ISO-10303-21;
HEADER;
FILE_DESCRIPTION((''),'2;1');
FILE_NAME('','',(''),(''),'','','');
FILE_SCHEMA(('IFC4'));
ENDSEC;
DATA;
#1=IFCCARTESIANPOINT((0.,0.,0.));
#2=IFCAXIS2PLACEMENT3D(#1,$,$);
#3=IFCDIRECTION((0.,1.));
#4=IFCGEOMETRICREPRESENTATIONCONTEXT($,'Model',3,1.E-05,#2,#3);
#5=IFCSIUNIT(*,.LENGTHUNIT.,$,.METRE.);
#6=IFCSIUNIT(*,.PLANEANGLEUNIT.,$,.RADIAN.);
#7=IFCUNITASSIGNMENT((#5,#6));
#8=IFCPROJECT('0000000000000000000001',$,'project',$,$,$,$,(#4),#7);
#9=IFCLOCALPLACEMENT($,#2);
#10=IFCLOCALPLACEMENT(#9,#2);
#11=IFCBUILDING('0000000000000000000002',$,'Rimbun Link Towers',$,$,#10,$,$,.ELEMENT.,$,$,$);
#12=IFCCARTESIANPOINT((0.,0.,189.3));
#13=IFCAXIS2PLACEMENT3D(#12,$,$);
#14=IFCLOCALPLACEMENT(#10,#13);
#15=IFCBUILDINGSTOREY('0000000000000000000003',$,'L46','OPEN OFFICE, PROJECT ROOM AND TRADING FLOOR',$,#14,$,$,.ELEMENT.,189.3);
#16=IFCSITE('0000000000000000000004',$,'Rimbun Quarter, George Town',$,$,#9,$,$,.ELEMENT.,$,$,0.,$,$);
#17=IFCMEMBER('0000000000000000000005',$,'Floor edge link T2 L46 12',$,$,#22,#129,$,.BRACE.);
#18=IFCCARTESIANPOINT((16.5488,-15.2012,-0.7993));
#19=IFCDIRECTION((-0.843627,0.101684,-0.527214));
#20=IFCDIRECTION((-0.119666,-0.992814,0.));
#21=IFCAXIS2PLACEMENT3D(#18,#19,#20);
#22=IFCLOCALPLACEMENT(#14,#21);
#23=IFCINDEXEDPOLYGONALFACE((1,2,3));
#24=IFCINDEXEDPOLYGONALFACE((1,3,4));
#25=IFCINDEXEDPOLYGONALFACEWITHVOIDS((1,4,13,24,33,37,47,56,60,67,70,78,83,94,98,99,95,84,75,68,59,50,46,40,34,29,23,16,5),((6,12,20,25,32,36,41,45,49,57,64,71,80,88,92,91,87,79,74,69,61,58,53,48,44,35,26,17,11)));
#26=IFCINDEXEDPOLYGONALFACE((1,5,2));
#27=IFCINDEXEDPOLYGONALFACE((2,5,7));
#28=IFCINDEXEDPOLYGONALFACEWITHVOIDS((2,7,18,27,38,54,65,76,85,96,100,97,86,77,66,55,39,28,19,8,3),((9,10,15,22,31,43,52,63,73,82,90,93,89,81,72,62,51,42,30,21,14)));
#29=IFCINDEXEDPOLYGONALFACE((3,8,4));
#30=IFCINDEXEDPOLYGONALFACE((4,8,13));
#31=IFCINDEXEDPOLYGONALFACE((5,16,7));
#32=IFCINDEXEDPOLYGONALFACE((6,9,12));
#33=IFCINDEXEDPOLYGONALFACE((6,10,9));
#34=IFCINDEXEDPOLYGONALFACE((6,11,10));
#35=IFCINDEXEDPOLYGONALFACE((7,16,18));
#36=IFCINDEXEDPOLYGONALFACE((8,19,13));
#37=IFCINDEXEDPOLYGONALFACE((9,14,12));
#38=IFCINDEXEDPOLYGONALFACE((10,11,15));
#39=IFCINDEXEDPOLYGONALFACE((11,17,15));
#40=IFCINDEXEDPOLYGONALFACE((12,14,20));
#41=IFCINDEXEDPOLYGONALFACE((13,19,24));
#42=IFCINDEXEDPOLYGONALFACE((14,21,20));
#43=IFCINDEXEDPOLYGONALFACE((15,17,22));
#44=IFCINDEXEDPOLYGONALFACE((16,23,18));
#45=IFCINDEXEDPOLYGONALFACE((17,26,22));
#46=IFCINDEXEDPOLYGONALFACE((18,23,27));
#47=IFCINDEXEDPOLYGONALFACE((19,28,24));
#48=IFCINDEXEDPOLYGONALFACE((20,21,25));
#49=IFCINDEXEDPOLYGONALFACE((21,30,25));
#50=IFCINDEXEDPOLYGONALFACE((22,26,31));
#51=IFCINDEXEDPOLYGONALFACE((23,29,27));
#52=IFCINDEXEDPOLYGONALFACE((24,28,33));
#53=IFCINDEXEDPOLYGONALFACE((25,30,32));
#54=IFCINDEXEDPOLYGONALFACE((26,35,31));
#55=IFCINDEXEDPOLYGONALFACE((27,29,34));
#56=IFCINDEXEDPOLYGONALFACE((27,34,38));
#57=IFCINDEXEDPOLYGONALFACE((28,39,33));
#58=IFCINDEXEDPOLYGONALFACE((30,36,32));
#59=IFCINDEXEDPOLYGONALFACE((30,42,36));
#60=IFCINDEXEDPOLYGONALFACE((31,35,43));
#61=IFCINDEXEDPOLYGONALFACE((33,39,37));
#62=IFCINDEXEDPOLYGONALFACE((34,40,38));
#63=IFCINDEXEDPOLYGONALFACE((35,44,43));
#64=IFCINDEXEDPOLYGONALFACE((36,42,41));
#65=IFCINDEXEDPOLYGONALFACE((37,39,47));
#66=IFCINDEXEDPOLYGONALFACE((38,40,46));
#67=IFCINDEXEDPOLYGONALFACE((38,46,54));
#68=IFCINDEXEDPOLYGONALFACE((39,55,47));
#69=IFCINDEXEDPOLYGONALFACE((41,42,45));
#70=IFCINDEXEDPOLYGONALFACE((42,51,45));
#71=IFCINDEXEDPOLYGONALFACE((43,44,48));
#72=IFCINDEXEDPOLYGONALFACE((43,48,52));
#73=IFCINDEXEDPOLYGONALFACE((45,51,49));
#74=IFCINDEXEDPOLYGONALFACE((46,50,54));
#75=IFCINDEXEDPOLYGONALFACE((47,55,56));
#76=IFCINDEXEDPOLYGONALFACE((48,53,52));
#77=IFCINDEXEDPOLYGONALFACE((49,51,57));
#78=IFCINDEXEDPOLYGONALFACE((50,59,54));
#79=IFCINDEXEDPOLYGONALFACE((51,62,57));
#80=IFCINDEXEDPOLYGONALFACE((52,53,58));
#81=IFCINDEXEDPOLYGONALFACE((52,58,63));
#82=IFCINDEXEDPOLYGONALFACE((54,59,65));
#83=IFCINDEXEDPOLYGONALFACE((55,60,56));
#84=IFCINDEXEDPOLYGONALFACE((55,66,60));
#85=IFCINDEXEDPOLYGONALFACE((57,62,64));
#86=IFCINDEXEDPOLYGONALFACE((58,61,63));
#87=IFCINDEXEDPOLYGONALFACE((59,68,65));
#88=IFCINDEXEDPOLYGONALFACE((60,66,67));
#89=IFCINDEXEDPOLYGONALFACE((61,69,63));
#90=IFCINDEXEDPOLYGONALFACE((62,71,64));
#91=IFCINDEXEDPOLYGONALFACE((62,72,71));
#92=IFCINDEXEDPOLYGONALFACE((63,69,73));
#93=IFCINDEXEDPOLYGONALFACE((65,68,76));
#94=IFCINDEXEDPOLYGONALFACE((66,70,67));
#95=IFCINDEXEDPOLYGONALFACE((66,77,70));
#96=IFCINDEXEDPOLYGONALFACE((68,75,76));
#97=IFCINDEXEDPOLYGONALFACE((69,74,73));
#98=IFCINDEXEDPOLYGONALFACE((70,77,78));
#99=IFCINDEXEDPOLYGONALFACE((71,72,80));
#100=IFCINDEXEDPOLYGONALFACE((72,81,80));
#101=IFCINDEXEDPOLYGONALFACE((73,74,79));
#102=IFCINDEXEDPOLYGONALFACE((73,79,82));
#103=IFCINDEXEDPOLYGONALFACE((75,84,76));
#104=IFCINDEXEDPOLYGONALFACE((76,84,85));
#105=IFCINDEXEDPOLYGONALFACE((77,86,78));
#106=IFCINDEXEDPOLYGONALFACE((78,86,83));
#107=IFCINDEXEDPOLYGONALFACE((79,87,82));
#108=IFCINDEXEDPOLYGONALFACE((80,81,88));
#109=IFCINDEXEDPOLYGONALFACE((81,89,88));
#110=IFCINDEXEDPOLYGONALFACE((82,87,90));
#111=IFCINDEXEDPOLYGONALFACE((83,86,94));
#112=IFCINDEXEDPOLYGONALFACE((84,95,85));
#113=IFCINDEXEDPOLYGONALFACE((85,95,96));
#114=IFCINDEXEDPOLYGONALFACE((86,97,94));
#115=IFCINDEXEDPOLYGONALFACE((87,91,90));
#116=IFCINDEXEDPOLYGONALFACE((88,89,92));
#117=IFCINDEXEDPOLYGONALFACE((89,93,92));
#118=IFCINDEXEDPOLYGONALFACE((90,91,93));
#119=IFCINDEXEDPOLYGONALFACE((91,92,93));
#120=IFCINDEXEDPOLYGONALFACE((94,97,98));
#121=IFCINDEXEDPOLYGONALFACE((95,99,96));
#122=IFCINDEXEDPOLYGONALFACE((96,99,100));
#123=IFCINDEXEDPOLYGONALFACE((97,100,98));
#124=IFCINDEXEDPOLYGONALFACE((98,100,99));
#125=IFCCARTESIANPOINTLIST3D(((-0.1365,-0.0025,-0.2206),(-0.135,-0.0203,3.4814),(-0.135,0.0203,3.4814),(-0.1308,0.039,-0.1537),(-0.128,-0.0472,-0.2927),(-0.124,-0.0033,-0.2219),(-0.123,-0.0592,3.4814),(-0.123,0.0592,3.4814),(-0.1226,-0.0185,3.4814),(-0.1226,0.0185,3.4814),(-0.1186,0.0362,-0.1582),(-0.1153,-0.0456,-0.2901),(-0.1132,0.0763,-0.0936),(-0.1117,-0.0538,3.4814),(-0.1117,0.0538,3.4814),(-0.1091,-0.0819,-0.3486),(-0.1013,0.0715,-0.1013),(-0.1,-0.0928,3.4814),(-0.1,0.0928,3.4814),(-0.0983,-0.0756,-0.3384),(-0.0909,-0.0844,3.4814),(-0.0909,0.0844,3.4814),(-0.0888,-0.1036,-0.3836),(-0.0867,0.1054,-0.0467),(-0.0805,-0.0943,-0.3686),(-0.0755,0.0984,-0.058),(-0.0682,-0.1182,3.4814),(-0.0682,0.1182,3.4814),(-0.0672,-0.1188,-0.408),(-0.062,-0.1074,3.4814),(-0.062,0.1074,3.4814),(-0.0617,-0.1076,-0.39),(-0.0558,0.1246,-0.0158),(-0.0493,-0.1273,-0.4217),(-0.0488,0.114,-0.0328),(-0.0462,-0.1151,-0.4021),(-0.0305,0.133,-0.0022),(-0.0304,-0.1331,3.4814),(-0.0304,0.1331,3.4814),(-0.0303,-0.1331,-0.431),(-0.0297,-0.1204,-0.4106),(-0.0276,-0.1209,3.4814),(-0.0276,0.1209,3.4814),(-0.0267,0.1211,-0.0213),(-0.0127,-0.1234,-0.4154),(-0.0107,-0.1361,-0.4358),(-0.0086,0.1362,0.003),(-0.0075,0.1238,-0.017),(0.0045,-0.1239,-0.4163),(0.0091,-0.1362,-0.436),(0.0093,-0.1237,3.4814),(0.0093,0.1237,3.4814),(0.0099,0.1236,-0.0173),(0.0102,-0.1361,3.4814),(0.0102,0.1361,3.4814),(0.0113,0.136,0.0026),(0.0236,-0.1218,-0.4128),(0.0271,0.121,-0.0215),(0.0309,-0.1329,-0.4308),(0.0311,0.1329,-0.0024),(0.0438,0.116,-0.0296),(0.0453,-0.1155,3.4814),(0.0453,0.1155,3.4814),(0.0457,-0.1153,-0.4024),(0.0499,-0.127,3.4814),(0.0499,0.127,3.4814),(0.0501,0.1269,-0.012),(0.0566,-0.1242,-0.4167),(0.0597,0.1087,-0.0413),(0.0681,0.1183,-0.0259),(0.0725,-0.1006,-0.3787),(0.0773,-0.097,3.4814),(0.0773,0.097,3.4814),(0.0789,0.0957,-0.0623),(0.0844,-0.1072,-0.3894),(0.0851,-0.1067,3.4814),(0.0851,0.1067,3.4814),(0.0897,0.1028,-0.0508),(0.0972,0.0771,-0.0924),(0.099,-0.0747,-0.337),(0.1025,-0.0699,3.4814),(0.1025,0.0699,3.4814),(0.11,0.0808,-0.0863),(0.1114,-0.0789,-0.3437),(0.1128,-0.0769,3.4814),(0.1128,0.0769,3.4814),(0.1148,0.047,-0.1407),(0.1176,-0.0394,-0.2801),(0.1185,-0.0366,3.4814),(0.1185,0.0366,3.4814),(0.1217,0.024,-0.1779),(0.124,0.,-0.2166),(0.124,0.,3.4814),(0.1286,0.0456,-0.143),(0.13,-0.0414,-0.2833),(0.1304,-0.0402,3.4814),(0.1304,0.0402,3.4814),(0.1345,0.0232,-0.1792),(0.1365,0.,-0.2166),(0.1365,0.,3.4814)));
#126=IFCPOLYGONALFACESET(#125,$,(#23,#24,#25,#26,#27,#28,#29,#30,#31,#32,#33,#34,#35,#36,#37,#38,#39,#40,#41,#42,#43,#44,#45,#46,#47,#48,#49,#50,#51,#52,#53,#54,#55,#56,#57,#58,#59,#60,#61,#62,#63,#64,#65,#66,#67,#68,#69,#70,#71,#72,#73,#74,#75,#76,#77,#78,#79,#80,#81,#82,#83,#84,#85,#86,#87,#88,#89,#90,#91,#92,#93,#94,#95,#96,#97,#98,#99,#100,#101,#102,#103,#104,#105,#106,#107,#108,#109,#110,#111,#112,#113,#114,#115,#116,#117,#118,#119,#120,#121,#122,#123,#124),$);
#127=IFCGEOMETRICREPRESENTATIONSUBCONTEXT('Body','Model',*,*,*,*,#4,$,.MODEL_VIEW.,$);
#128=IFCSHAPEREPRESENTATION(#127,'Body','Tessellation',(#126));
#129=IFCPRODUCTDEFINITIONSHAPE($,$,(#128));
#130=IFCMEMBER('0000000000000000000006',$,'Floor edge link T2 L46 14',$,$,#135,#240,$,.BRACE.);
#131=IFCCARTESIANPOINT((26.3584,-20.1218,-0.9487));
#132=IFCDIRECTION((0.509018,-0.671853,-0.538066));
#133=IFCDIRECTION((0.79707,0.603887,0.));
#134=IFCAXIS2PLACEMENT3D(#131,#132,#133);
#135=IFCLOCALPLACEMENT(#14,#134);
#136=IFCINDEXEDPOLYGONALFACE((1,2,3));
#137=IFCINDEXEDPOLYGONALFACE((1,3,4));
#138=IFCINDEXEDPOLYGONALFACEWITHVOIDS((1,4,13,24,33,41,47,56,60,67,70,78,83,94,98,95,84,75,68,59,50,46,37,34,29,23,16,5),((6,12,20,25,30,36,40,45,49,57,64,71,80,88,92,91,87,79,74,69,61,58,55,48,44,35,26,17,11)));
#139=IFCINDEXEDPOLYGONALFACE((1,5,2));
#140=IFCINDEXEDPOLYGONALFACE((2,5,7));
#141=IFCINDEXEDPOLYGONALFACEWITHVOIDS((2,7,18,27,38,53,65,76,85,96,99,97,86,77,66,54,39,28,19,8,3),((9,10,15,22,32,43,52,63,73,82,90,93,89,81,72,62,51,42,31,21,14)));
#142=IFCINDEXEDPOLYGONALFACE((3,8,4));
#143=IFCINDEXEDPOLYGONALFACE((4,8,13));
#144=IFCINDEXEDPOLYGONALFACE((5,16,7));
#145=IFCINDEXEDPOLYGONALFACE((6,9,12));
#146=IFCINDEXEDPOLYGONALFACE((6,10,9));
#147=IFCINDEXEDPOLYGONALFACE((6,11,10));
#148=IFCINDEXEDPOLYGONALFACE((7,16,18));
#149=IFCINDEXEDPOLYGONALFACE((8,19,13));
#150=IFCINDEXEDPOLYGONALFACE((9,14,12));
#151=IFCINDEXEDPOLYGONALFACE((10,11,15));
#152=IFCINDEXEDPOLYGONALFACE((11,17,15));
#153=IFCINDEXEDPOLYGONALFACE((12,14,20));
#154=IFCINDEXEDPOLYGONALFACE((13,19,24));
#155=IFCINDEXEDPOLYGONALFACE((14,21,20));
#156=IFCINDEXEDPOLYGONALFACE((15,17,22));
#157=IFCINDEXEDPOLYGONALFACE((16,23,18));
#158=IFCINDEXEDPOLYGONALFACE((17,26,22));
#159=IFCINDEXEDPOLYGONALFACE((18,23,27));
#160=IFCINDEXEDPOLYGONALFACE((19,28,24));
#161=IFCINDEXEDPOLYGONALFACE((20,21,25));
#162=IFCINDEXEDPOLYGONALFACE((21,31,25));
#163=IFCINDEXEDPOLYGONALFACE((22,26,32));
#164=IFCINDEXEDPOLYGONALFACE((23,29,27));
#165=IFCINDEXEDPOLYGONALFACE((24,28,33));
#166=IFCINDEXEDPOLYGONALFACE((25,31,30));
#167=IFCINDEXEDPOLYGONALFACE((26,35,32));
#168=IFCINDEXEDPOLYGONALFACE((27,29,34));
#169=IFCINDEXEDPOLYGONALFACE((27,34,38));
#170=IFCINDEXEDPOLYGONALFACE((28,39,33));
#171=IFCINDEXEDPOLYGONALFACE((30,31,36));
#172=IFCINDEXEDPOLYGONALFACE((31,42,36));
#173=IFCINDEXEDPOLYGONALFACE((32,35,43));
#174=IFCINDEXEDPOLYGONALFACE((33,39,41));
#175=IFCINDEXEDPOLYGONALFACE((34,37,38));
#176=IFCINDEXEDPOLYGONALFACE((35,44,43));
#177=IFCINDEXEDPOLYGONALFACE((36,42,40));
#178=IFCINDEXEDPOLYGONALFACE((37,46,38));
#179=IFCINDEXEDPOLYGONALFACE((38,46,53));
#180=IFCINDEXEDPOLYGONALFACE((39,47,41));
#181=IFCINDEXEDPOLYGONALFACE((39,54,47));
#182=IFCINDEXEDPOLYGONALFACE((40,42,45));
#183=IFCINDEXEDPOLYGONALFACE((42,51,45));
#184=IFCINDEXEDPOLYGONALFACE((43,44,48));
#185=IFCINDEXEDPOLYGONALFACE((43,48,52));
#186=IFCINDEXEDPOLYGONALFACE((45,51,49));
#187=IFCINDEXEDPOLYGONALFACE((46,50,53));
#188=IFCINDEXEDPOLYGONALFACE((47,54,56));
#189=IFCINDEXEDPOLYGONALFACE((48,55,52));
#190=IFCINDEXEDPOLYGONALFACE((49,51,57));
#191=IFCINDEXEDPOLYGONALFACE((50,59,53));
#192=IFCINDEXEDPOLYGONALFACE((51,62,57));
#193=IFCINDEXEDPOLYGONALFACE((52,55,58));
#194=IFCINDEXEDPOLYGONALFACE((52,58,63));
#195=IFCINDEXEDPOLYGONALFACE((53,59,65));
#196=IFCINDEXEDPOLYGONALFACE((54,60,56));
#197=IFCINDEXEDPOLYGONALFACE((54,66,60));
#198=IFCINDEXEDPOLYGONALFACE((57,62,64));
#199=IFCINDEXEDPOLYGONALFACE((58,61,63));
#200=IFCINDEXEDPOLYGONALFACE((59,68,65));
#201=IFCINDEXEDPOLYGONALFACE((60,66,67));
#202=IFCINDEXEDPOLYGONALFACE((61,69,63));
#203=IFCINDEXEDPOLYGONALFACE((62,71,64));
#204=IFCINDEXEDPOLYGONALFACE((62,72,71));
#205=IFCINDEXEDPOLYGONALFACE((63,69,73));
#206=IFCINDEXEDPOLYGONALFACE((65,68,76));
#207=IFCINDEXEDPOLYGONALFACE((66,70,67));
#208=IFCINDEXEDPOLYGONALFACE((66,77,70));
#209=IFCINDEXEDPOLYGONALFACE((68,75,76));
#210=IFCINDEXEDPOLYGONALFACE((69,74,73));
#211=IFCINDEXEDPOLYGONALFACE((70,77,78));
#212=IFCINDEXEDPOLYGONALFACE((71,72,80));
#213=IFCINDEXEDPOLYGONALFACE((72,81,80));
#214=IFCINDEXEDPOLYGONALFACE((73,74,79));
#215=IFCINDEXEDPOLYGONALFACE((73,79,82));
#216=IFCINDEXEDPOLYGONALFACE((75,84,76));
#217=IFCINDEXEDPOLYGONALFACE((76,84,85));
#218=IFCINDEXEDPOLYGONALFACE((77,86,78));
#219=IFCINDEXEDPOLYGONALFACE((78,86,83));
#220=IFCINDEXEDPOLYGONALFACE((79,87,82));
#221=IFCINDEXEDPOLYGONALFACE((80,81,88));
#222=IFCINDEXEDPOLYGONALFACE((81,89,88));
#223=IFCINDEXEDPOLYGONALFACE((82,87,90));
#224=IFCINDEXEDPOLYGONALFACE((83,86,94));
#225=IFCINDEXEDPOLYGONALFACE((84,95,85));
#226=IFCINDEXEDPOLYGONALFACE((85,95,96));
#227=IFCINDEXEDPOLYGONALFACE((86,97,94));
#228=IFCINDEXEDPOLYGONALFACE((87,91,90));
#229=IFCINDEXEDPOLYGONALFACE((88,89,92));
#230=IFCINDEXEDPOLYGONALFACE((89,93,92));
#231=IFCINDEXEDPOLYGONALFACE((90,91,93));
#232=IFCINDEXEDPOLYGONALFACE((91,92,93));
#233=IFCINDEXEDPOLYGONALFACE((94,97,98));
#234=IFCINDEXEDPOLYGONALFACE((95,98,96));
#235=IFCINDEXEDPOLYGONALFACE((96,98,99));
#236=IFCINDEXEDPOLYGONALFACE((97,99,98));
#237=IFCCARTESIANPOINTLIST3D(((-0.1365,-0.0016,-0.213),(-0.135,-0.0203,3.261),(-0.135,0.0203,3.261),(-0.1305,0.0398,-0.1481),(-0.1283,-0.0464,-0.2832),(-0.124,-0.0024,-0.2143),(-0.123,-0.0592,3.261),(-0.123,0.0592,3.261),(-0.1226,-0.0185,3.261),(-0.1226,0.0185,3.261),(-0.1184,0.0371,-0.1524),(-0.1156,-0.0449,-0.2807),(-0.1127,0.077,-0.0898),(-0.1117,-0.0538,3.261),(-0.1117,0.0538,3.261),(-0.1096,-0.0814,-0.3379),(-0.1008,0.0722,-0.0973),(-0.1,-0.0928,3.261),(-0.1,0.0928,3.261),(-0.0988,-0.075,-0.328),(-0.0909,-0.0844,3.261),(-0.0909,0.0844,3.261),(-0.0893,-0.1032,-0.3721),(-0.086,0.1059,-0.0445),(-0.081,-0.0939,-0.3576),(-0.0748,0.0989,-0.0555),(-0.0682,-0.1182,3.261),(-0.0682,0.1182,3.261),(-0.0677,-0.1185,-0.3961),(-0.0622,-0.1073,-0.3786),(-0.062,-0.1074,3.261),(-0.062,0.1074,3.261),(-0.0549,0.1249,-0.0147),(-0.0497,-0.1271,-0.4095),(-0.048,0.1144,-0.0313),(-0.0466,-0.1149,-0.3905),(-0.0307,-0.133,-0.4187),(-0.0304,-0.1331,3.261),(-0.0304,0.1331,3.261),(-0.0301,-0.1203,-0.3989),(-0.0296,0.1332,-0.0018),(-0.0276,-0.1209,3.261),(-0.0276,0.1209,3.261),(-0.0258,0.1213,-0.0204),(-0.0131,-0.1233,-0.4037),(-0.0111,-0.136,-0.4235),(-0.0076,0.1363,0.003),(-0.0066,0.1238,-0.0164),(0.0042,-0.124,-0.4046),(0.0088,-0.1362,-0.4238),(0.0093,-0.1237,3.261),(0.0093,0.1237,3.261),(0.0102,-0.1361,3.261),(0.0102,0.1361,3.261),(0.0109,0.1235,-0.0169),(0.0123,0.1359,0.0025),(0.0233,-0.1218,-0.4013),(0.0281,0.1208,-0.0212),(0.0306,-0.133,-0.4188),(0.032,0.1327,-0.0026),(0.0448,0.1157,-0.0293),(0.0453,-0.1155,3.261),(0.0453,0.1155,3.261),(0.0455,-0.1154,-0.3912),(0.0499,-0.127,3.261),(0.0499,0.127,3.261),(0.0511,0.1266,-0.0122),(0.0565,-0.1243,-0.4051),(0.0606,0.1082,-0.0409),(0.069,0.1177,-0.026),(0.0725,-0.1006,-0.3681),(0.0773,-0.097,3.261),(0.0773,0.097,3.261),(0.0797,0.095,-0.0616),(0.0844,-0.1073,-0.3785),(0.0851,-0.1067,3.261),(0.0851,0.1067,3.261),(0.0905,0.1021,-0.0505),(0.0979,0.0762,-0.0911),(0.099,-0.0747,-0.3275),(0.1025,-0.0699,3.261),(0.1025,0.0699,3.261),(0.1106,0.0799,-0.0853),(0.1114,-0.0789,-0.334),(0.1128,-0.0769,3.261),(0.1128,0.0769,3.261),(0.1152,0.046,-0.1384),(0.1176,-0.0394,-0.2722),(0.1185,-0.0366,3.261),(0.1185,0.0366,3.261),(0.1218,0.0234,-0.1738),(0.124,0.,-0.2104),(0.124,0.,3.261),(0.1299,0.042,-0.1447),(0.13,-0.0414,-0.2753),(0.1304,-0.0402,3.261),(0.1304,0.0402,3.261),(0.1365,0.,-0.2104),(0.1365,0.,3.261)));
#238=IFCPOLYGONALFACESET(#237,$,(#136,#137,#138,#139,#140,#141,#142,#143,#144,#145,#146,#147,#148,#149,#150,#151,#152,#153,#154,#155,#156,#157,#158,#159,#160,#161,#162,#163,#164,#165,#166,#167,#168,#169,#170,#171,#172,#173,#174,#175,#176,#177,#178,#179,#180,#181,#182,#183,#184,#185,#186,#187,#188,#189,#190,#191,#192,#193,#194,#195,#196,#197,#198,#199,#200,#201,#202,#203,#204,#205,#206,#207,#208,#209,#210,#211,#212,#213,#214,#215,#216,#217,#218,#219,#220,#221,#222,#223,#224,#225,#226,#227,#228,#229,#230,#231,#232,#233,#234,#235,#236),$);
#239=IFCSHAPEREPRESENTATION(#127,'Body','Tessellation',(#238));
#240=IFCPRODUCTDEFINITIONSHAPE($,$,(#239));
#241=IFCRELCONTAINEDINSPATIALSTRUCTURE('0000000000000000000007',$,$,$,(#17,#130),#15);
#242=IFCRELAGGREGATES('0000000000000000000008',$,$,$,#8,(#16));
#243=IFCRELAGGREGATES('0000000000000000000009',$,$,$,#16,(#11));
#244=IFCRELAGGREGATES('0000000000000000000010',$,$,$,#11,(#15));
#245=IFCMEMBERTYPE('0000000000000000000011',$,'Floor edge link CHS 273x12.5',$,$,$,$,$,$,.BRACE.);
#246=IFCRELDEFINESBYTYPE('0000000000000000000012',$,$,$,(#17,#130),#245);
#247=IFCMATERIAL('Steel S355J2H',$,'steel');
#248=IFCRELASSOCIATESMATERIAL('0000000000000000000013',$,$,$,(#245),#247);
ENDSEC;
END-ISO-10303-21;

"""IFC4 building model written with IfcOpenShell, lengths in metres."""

from ifc_helpers import new_model, si_unit, direction, frame, origin, origin_2d, place, context, subcontext, project, spatial, hollow_circle, extrude, clip, halfspace, material, material_profile, profile_set, type_object, element, save


model = new_model("IFC4")

# Units and contexts
model_context = context("Model", 3, precision=1e-05, world=origin(), true_north=direction((0.0, 1.0)))
body_context = subcontext(model_context, "Body", "Model", "MODEL_VIEW")
ifc_project = project(units=[si_unit("LENGTHUNIT", "METRE"), si_unit("PLANEANGLEUNIT", "RADIAN")], contexts=[model_context])

# Site, building, storey
site_placement = place(None, origin())
site = spatial("IfcSite", under=ifc_project, at=site_placement, Name="Rimbun Quarter, George Town", CompositionType="ELEMENT", RefElevation=0.0)
building_placement = place(site_placement, origin())
building = spatial("IfcBuilding", under=site, at=building_placement, Name="Rimbun Link Towers", CompositionType="ELEMENT")
storey_placement = place(building_placement, frame((0.0, 0.0, 189.3)))
storey = spatial("IfcBuildingStorey", under=building, at=storey_placement, Name="L46", Description="OPEN OFFICE, PROJECT ROOM AND TRADING FLOOR", CompositionType="ELEMENT", Elevation=189.3)

# Members
ifc_material_1 = material(Name="Steel S355J2H", Category="steel")
ifc_material_profile_1 = material_profile(ifc_material_1, hollow_circle(Radius=0.1365, WallThickness=0.0125, at=origin_2d()), Name="CHS 273x12.5")
ifc_profile_set_1 = profile_set([ifc_material_profile_1], Name="Steel S355J2H")
member_type_1 = type_object("IfcMemberType", Name="Floor edge link CHS 273x12.5", PredefinedType="BRACE", material=ifc_profile_set_1)
member_1_placement = place(storey_placement, frame((16.5488, -15.2012, -0.7993), z_axis=(-0.843627, 0.101684, -0.527214), x_axis=(-0.119666, -0.992814, 0.0)))
element("IfcMember", 1, at=member_1_placement, inside=storey, type_object=member_type_1, Name="Floor edge link T2 L46 12", PredefinedType="BRACE", context=body_context, shape_type="Clipping", body=[
    clip(extrude(hollow_circle(Radius=0.1365, WallThickness=0.0125, at=origin_2d()), frame((0.0, 0.0, -0.459)), (0.0, 0.0, 1.0), 3.9404), halfspace(frame((0.0, 0.0, -0.2166), z_axis=(0.0, 0.849733, -0.527214)), False)),
])
member_2_placement = place(storey_placement, frame((26.3584, -20.1218, -0.9487), z_axis=(0.509018, -0.671853, -0.538066), x_axis=(0.79707, 0.603887, 0.0)))
element("IfcMember", 2, at=member_2_placement, inside=storey, type_object=member_type_1, Name="Floor edge link T2 L46 14", PredefinedType="BRACE", context=body_context, shape_type="Clipping", body=[
    clip(extrude(hollow_circle(Radius=0.1365, WallThickness=0.0125, at=origin_2d()), frame((0.0, 0.0, -0.4463)), (0.0, 0.0, 1.0), 3.7073), halfspace(frame((0.0, 0.0, -0.2104), z_axis=(0.0, 0.842903, -0.538066)), False)),
])

save(model, "model.ifc")
